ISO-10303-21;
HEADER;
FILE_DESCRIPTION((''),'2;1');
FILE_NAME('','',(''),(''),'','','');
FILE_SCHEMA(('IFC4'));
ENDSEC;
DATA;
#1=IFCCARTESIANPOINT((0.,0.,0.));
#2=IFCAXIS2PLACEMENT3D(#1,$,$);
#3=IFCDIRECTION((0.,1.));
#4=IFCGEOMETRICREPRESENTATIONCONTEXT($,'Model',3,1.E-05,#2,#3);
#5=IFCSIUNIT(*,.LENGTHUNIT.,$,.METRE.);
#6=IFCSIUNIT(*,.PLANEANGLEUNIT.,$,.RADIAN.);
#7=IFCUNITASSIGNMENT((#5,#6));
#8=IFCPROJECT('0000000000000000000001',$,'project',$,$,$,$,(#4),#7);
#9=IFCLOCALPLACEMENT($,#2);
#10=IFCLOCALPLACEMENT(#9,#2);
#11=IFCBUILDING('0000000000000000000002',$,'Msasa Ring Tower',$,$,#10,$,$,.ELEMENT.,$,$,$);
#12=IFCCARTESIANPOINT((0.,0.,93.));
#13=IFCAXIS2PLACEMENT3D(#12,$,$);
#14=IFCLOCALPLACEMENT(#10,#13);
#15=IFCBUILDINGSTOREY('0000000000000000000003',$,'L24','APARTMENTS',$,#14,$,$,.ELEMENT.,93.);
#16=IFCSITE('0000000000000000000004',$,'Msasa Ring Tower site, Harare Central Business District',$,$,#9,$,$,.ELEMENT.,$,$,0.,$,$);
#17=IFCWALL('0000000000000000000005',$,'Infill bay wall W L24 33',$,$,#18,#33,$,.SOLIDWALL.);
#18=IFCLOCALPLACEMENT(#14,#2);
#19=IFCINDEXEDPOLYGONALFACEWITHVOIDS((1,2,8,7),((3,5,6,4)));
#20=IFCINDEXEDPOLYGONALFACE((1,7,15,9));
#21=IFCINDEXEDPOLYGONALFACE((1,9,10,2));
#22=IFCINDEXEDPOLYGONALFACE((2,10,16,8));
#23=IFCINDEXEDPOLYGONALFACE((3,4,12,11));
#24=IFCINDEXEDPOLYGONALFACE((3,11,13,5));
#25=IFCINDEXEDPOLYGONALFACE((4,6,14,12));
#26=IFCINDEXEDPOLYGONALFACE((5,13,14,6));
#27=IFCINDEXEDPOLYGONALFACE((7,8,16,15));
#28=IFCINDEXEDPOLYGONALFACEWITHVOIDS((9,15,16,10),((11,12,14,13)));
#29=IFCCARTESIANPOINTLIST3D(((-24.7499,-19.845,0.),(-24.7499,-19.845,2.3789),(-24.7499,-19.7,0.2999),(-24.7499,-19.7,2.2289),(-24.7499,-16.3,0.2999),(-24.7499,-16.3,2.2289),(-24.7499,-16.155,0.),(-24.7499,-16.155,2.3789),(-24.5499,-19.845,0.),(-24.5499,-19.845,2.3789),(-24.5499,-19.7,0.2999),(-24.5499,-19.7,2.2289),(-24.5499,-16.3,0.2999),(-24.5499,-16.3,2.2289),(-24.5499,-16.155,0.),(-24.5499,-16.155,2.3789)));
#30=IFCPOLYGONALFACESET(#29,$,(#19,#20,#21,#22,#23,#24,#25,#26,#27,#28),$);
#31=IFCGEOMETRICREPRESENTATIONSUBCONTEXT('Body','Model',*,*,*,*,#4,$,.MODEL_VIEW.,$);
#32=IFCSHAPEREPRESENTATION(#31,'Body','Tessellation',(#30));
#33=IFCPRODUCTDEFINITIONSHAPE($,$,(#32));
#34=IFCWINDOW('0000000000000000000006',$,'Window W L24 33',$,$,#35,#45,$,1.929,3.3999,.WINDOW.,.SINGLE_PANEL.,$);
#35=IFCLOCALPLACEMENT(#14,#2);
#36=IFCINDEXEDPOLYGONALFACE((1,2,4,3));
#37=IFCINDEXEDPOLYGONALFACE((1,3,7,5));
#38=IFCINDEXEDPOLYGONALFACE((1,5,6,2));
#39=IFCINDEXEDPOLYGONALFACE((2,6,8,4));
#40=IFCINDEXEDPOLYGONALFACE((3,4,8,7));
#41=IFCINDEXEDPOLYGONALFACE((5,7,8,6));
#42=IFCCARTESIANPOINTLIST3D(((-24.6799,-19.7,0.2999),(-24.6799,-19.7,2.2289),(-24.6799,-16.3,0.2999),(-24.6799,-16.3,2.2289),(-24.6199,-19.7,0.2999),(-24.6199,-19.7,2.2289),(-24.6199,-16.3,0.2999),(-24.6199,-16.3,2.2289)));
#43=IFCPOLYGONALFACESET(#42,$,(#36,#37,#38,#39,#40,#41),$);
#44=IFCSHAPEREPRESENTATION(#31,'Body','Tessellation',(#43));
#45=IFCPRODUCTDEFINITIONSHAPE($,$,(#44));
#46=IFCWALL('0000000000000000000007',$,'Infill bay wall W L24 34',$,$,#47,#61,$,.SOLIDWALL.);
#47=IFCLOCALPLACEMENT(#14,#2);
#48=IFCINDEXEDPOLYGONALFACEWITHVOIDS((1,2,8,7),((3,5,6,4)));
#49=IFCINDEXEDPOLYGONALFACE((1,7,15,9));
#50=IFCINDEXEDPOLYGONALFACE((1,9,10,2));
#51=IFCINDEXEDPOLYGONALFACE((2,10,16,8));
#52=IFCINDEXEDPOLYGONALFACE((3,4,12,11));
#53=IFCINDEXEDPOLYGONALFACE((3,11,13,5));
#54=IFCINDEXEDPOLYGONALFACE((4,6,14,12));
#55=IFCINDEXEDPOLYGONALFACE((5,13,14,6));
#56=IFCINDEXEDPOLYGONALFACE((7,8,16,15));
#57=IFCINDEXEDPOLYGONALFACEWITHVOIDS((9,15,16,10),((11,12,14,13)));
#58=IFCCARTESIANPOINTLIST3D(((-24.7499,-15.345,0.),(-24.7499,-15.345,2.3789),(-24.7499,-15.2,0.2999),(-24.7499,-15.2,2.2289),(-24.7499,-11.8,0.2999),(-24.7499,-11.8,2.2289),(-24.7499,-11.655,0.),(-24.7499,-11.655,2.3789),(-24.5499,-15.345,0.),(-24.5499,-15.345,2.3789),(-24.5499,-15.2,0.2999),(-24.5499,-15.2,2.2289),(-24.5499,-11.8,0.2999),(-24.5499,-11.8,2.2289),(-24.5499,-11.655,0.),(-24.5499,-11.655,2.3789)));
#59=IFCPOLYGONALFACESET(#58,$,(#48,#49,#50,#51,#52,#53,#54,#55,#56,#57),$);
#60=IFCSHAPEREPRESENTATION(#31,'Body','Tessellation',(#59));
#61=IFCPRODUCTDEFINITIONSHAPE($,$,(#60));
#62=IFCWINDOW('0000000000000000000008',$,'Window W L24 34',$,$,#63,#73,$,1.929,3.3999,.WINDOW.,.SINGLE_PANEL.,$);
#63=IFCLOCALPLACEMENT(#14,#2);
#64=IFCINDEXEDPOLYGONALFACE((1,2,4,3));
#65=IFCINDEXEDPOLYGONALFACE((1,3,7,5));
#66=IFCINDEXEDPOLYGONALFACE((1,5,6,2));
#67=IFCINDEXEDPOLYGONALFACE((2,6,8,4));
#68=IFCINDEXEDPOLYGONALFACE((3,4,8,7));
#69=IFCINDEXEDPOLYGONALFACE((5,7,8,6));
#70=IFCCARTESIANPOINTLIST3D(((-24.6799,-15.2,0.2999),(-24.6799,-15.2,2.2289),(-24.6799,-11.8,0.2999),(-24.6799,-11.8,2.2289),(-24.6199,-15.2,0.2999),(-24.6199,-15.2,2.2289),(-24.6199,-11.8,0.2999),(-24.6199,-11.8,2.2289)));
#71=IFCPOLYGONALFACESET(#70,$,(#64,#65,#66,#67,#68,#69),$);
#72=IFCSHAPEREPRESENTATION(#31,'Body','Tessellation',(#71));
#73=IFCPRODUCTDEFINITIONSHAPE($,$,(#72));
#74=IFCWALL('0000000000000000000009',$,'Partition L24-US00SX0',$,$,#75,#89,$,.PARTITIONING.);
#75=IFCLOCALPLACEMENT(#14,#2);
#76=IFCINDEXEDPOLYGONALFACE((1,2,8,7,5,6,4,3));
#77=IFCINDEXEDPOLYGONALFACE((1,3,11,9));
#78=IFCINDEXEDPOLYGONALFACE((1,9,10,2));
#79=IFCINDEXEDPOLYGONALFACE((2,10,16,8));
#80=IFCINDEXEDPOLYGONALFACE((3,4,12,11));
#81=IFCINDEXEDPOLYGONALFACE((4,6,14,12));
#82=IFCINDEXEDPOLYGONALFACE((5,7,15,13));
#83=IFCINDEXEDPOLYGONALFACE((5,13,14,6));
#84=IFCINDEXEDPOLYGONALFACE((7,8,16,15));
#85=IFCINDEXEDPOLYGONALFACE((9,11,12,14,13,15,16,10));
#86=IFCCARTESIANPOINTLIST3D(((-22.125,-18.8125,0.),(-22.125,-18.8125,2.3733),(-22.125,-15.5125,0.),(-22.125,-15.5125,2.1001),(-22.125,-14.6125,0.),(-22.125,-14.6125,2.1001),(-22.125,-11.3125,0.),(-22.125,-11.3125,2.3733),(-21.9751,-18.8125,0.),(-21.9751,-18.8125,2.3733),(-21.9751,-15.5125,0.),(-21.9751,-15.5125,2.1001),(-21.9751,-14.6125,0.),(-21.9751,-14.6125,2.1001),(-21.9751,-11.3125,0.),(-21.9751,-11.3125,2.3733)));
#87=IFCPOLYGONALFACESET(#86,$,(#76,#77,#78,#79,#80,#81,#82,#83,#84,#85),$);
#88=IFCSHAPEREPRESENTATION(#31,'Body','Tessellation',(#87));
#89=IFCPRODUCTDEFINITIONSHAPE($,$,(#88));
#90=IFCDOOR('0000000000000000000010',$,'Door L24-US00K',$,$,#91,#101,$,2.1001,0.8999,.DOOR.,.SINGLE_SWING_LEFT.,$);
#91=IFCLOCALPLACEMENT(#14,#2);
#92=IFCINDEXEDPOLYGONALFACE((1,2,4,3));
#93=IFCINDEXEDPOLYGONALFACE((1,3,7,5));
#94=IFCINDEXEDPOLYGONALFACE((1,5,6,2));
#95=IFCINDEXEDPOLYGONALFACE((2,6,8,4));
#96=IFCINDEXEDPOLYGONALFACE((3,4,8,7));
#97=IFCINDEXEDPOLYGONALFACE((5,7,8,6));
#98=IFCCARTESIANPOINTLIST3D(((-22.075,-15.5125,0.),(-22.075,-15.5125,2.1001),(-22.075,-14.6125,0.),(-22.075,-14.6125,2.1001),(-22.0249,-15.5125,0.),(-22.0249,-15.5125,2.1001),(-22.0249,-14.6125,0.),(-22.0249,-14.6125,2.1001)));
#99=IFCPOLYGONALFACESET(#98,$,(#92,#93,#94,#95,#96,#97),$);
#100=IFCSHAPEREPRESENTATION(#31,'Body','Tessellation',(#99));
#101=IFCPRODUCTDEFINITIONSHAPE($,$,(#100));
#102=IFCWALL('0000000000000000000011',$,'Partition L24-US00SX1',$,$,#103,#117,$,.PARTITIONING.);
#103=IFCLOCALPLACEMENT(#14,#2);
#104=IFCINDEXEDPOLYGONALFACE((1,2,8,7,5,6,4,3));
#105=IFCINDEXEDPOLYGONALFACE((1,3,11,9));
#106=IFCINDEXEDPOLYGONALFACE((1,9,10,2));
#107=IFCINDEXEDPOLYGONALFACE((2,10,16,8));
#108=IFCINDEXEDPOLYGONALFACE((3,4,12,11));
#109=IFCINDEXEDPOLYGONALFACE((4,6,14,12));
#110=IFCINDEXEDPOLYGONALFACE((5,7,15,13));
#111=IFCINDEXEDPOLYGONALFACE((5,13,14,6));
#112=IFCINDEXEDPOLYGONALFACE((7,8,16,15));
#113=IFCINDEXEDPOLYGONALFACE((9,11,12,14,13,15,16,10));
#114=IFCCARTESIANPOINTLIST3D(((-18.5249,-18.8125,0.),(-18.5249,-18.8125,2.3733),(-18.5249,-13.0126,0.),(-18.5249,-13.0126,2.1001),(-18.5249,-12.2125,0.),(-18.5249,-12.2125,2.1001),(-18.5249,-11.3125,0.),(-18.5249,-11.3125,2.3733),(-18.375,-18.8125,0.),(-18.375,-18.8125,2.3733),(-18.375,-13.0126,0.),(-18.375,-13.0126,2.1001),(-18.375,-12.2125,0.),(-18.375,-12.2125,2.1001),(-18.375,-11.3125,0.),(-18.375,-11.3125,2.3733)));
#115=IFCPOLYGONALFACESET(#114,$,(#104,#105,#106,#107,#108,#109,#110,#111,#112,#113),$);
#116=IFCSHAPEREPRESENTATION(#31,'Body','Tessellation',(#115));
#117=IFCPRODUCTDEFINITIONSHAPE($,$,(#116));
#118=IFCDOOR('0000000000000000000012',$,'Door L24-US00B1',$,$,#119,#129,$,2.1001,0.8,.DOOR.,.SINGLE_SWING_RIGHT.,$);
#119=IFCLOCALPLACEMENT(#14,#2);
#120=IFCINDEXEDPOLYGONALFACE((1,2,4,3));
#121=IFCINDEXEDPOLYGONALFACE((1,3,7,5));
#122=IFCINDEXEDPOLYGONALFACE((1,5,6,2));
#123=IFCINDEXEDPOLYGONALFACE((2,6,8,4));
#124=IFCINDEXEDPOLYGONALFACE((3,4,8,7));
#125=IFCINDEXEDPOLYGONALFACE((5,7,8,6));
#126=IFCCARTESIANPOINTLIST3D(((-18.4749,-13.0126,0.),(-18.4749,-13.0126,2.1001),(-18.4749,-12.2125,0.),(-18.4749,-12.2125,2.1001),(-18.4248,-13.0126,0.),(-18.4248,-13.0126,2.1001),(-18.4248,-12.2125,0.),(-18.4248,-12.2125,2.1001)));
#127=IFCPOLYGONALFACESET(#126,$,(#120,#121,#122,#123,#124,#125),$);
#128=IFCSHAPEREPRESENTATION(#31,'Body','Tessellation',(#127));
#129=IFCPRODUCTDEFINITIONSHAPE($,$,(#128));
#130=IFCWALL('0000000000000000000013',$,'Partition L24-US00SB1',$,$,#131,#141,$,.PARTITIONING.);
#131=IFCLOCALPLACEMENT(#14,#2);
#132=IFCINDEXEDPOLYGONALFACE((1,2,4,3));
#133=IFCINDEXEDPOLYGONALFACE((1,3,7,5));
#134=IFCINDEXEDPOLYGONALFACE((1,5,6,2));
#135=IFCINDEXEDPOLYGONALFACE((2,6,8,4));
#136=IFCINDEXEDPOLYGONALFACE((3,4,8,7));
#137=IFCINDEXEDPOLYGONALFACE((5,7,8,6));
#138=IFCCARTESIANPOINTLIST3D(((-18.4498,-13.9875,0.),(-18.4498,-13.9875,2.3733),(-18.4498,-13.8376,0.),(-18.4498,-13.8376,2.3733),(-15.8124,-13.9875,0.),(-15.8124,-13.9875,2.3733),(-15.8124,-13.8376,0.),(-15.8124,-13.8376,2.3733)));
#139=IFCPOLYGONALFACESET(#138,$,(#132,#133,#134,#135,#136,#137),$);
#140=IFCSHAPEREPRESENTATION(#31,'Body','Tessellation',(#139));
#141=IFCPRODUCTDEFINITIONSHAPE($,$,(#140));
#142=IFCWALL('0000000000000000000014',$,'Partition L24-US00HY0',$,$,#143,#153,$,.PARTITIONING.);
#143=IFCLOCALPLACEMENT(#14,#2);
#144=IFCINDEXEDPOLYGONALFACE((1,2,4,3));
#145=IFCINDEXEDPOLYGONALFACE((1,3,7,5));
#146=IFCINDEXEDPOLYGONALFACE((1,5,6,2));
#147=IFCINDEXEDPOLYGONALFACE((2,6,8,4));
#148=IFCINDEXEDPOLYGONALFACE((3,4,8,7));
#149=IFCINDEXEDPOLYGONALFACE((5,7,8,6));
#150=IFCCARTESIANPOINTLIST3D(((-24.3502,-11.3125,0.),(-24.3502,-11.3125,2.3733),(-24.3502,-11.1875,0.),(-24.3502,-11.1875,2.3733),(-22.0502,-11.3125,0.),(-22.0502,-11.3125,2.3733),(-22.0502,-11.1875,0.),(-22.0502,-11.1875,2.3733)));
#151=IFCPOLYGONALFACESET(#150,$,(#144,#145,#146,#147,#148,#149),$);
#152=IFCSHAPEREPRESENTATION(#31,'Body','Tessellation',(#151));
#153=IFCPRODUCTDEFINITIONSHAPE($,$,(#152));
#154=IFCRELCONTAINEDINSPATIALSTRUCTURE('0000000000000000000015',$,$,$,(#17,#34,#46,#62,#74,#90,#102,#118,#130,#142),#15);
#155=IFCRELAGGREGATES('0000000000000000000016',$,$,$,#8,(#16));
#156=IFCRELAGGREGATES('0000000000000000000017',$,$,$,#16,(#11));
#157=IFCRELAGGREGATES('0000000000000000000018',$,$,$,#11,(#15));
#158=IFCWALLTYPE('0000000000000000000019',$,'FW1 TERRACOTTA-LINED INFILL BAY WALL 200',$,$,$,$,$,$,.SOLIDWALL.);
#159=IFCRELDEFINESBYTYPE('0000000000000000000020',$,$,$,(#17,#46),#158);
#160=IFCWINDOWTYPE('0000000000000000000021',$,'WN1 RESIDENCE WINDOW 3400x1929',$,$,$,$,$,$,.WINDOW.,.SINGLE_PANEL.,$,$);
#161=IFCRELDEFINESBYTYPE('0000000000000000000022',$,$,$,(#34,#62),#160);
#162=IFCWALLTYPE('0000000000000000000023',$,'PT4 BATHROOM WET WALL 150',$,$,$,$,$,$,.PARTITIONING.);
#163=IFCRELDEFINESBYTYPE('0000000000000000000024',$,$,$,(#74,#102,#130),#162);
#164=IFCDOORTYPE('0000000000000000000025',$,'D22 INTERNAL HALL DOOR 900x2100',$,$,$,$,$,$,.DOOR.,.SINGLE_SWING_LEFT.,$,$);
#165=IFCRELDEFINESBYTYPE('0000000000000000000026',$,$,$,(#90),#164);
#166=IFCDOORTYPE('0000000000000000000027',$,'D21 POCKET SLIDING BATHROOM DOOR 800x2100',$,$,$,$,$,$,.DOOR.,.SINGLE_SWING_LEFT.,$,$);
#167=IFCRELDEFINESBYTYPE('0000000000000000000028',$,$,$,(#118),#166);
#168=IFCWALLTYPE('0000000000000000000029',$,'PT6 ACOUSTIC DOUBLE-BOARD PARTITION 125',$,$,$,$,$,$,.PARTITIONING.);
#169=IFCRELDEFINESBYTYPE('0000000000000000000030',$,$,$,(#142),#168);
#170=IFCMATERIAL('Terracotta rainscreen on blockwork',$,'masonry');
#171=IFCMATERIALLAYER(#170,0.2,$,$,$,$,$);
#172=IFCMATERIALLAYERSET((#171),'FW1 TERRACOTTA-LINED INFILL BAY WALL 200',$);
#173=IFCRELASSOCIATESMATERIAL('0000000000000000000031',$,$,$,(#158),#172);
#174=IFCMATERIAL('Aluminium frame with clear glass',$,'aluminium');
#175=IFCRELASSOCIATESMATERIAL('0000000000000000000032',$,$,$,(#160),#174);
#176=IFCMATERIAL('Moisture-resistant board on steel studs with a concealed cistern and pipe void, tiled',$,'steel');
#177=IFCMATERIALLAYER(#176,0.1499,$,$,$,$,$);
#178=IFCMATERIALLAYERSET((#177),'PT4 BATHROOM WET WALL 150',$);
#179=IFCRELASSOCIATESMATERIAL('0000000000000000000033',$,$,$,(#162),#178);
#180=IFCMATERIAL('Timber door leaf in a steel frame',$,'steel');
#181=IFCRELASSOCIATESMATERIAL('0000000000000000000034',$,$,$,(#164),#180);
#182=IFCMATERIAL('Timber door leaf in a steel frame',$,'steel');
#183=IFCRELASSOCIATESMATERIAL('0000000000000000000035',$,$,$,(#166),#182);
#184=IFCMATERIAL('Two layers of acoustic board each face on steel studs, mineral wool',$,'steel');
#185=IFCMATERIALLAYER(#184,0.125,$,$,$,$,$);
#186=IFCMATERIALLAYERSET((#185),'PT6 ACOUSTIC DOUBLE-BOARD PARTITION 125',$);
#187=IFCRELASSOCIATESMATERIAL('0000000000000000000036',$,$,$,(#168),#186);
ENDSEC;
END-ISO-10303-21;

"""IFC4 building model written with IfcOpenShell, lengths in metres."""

from ifc_helpers import new_model, si_unit, direction, frame, frame_2d, origin, place, context, subcontext, project, spatial, rectangle, extrude, material, layer, layer_set, type_object, element, fill, save


model = new_model("IFC4")

# Units and contexts
model_context = context("Model", 3, precision=1e-05, world=origin(), true_north=direction((0.0, 1.0)))
body_context = subcontext(model_context, "Body", "Model", "MODEL_VIEW")
ifc_project = project(units=[si_unit("LENGTHUNIT", "METRE"), si_unit("PLANEANGLEUNIT", "RADIAN")], contexts=[model_context])

# Site, building, storey
site_placement = place(None, origin())
site = spatial("IfcSite", under=ifc_project, at=site_placement, Name="Msasa Ring Tower site, Harare Central Business District", CompositionType="ELEMENT", RefElevation=0.0)
building_placement = place(site_placement, origin())
building = spatial("IfcBuilding", under=site, at=building_placement, Name="Msasa Ring Tower", CompositionType="ELEMENT")
storey_placement = place(building_placement, frame((0.0, 0.0, 93.0)))
storey = spatial("IfcBuildingStorey", under=building, at=storey_placement, Name="L24", Description="APARTMENTS", CompositionType="ELEMENT", Elevation=93.0)

# Walls, openings, windows
ifc_material_1 = material(Name="Terracotta rainscreen on blockwork", Category="masonry")
ifc_layer_1 = layer(ifc_material_1, 0.2)
ifc_layer_set_1 = layer_set([ifc_layer_1], Name="FW1 TERRACOTTA-LINED INFILL BAY WALL 200")
wall_type_1 = type_object("IfcWallType", Name="FW1 TERRACOTTA-LINED INFILL BAY WALL 200", PredefinedType="SOLIDWALL", material=ifc_layer_set_1)
wall_1_placement = place(storey_placement, frame((-24.6499, -19.845, 0.0), z_axis=(0.0, 0.0, 1.0), x_axis=(0.0, 1.0, 0.0)))
wall_1 = element("IfcWall", 1, at=wall_1_placement, inside=storey, type_object=wall_type_1, Name="Infill bay wall W L24 33", PredefinedType="SOLIDWALL", context=body_context, shape_type="SweptSolid", body=[
    extrude(rectangle(XDim=3.6899, YDim=0.2, at=frame_2d((1.845, 0.0))), origin(), (0.0, 0.0, 1.0), 2.3789),
])
opening_1_placement = place(wall_1_placement, frame((0.145, 0.0, 0.3)))
opening_1 = element("IfcOpeningElement", 2, at=opening_1_placement, cuts=wall_1, PredefinedType="OPENING", context=body_context, shape_type="SweptSolid", body=[
    extrude(rectangle(XDim=3.3999, YDim=1.929, at=frame_2d((1.7, 0.9644))), frame((0.0, 0.1099, 0.0), z_axis=(0.0, -1.0, 0.0), x_axis=(1.0, 0.0, 0.0)), (0.0, 0.0, 1.0), 0.22),
])
ifc_material_2 = material(Name="Aluminium frame with clear glass", Category="aluminium")
window_type = type_object("IfcWindowType", Name="WN1 RESIDENCE WINDOW 3400x1929", PartitioningType="SINGLE_PANEL", PredefinedType="WINDOW", material=ifc_material_2)
window_1_placement = place(opening_1_placement, origin())
window_1 = element("IfcWindow", 3, at=window_1_placement, inside=storey, type_object=window_type, Name="Window W L24 33", OverallHeight=1.929, OverallWidth=3.3999, PartitioningType="SINGLE_PANEL", PredefinedType="WINDOW", context=body_context, shape_type="SweptSolid", body=[
    extrude(rectangle(XDim=3.3999, YDim=1.929, at=frame_2d((1.7, 0.9644))), frame((0.0, 0.03, 0.0), z_axis=(0.0, -1.0, 0.0), x_axis=(1.0, 0.0, 0.0)), (0.0, 0.0, 1.0), 0.0601),
])
fill(opening_1, window_1)
wall_2_placement = place(storey_placement, frame((-24.6499, -15.345, 0.0), z_axis=(0.0, 0.0, 1.0), x_axis=(0.0, 1.0, 0.0)))
wall_2 = element("IfcWall", 4, at=wall_2_placement, inside=storey, type_object=wall_type_1, Name="Infill bay wall W L24 34", PredefinedType="SOLIDWALL", context=body_context, shape_type="SweptSolid", body=[
    extrude(rectangle(XDim=3.6899, YDim=0.2, at=frame_2d((1.845, 0.0))), origin(), (0.0, 0.0, 1.0), 2.3789),
])
opening_2_placement = place(wall_2_placement, frame((0.145, 0.0, 0.3)))
opening_2 = element("IfcOpeningElement", 5, at=opening_2_placement, cuts=wall_2, PredefinedType="OPENING", context=body_context, shape_type="SweptSolid", body=[
    extrude(rectangle(XDim=3.3999, YDim=1.929, at=frame_2d((1.7, 0.9644))), frame((0.0, 0.1099, 0.0), z_axis=(0.0, -1.0, 0.0), x_axis=(1.0, 0.0, 0.0)), (0.0, 0.0, 1.0), 0.22),
])
window_2_placement = place(opening_2_placement, origin())
window_2 = element("IfcWindow", 6, at=window_2_placement, inside=storey, type_object=window_type, Name="Window W L24 34", OverallHeight=1.929, OverallWidth=3.3999, PartitioningType="SINGLE_PANEL", PredefinedType="WINDOW", context=body_context, shape_type="SweptSolid", body=[
    extrude(rectangle(XDim=3.3999, YDim=1.929, at=frame_2d((1.7, 0.9644))), frame((0.0, 0.03, 0.0), z_axis=(0.0, -1.0, 0.0), x_axis=(1.0, 0.0, 0.0)), (0.0, 0.0, 1.0), 0.0601),
])
fill(opening_2, window_2)

# Walls, openings, doors
ifc_material_3 = material(Name="Moisture-resistant board on steel studs with a concealed cistern and pipe void, tiled", Category="steel")
ifc_layer_2 = layer(ifc_material_3, 0.1499)
ifc_layer_set_2 = layer_set([ifc_layer_2], Name="PT4 BATHROOM WET WALL 150")
wall_type_2 = type_object("IfcWallType", Name="PT4 BATHROOM WET WALL 150", PredefinedType="PARTITIONING", material=ifc_layer_set_2)
wall_3_placement = place(storey_placement, frame((-22.05, -18.8125, 0.0), z_axis=(0.0, 0.0, 1.0), x_axis=(0.0, 1.0, 0.0)))
wall_3 = element("IfcWall", 7, at=wall_3_placement, inside=storey, type_object=wall_type_2, Name="Partition L24-US00SX0", PredefinedType="PARTITIONING", context=body_context, shape_type="SweptSolid", body=[
    extrude(rectangle(XDim=7.5, YDim=0.1499, at=frame_2d((3.75, 0.0))), origin(), (0.0, 0.0, 1.0), 2.3733),
])
opening_3_placement = place(wall_3_placement, frame((3.3, 0.0, 0.0)))
opening_3 = element("IfcOpeningElement", 8, at=opening_3_placement, cuts=wall_3, PredefinedType="OPENING", context=body_context, shape_type="SweptSolid", body=[
    extrude(rectangle(XDim=0.8999, YDim=2.1001, at=frame_2d((0.45, 1.05))), frame((0.0, 0.085, 0.0), z_axis=(0.0, -1.0, 0.0), x_axis=(1.0, 0.0, 0.0)), (0.0, 0.0, 1.0), 0.1699),
])
ifc_material_4 = material(Name="Timber door leaf in a steel frame", Category="steel")
door_type_1 = type_object("IfcDoorType", Name="D22 INTERNAL HALL DOOR 900x2100", OperationType="SINGLE_SWING_LEFT", PredefinedType="DOOR", material=ifc_material_4)
door_1_placement = place(opening_3_placement, origin())
door_1 = element("IfcDoor", 9, at=door_1_placement, inside=storey, type_object=door_type_1, Name="Door L24-US00K", OperationType="SINGLE_SWING_LEFT", OverallHeight=2.1001, OverallWidth=0.8999, PredefinedType="DOOR", context=body_context, shape_type="SweptSolid", body=[
    extrude(rectangle(XDim=0.8999, YDim=2.1001, at=frame_2d((0.45, 1.05))), frame((0.0, 0.0249, 0.0), z_axis=(0.0, -1.0, 0.0), x_axis=(1.0, 0.0, 0.0)), (0.0, 0.0, 1.0), 0.05),
])
fill(opening_3, door_1)
wall_4_placement = place(storey_placement, frame((-18.45, -18.8125, 0.0), z_axis=(0.0, 0.0, 1.0), x_axis=(0.0, 1.0, 0.0)))
wall_4 = element("IfcWall", 10, at=wall_4_placement, inside=storey, type_object=wall_type_2, Name="Partition L24-US00SX1", PredefinedType="PARTITIONING", context=body_context, shape_type="SweptSolid", body=[
    extrude(rectangle(XDim=7.5, YDim=0.1499, at=frame_2d((3.75, 0.0))), origin(), (0.0, 0.0, 1.0), 2.3733),
])
opening_4_placement = place(wall_4_placement, frame((5.8, 0.0, 0.0)))
opening_4 = element("IfcOpeningElement", 11, at=opening_4_placement, cuts=wall_4, PredefinedType="OPENING", context=body_context, shape_type="SweptSolid", body=[
    extrude(rectangle(XDim=0.8, YDim=2.1001, at=frame_2d((0.3999, 1.05))), frame((0.0, 0.085, 0.0), z_axis=(0.0, -1.0, 0.0), x_axis=(1.0, 0.0, 0.0)), (0.0, 0.0, 1.0), 0.1699),
])
ifc_material_5 = material(Name="Timber door leaf in a steel frame", Category="steel")
door_type_2 = type_object("IfcDoorType", Name="D21 POCKET SLIDING BATHROOM DOOR 800x2100", OperationType="SINGLE_SWING_LEFT", PredefinedType="DOOR", material=ifc_material_5)
door_2_placement = place(opening_4_placement, origin())
door_2 = element("IfcDoor", 12, at=door_2_placement, inside=storey, type_object=door_type_2, Name="Door L24-US00B1", OperationType="SINGLE_SWING_RIGHT", OverallHeight=2.1001, OverallWidth=0.8, PredefinedType="DOOR", context=body_context, shape_type="SweptSolid", body=[
    extrude(rectangle(XDim=0.8, YDim=2.1001, at=frame_2d((0.3999, 1.05))), frame((0.0, 0.0249, 0.0), z_axis=(0.0, -1.0, 0.0), x_axis=(1.0, 0.0, 0.0)), (0.0, 0.0, 1.0), 0.05),
])
fill(opening_4, door_2)

# Walls
wall_5_placement = place(storey_placement, frame((-18.45, -13.9126, 0.0), z_axis=(0.0, 0.0, 1.0), x_axis=(1.0, 0.0, 0.0)))
element("IfcWall", 13, at=wall_5_placement, inside=storey, type_object=wall_type_2, Name="Partition L24-US00SB1", PredefinedType="PARTITIONING", context=body_context, shape_type="SweptSolid", body=[
    extrude(rectangle(XDim=2.6375, YDim=0.1499, at=frame_2d((1.3188, 0.0))), origin(), (0.0, 0.0, 1.0), 2.3733),
])
ifc_material_6 = material(Name="Two layers of acoustic board each face on steel studs, mineral wool", Category="steel")
ifc_layer_3 = layer(ifc_material_6, 0.125)
ifc_layer_set_3 = layer_set([ifc_layer_3], Name="PT6 ACOUSTIC DOUBLE-BOARD PARTITION 125")
wall_type_3 = type_object("IfcWallType", Name="PT6 ACOUSTIC DOUBLE-BOARD PARTITION 125", PredefinedType="PARTITIONING", material=ifc_layer_set_3)
wall_6_placement = place(storey_placement, frame((-24.3501, -11.25, 0.0), z_axis=(0.0, 0.0, 1.0), x_axis=(1.0, 0.0, 0.0)))
element("IfcWall", 14, at=wall_6_placement, inside=storey, type_object=wall_type_3, Name="Partition L24-US00HY0", PredefinedType="PARTITIONING", context=body_context, shape_type="SweptSolid", body=[
    extrude(rectangle(XDim=2.3, YDim=0.125, at=frame_2d((1.1499, 0.0))), origin(), (0.0, 0.0, 1.0), 2.3733),
])

save(model, "model.ifc")
